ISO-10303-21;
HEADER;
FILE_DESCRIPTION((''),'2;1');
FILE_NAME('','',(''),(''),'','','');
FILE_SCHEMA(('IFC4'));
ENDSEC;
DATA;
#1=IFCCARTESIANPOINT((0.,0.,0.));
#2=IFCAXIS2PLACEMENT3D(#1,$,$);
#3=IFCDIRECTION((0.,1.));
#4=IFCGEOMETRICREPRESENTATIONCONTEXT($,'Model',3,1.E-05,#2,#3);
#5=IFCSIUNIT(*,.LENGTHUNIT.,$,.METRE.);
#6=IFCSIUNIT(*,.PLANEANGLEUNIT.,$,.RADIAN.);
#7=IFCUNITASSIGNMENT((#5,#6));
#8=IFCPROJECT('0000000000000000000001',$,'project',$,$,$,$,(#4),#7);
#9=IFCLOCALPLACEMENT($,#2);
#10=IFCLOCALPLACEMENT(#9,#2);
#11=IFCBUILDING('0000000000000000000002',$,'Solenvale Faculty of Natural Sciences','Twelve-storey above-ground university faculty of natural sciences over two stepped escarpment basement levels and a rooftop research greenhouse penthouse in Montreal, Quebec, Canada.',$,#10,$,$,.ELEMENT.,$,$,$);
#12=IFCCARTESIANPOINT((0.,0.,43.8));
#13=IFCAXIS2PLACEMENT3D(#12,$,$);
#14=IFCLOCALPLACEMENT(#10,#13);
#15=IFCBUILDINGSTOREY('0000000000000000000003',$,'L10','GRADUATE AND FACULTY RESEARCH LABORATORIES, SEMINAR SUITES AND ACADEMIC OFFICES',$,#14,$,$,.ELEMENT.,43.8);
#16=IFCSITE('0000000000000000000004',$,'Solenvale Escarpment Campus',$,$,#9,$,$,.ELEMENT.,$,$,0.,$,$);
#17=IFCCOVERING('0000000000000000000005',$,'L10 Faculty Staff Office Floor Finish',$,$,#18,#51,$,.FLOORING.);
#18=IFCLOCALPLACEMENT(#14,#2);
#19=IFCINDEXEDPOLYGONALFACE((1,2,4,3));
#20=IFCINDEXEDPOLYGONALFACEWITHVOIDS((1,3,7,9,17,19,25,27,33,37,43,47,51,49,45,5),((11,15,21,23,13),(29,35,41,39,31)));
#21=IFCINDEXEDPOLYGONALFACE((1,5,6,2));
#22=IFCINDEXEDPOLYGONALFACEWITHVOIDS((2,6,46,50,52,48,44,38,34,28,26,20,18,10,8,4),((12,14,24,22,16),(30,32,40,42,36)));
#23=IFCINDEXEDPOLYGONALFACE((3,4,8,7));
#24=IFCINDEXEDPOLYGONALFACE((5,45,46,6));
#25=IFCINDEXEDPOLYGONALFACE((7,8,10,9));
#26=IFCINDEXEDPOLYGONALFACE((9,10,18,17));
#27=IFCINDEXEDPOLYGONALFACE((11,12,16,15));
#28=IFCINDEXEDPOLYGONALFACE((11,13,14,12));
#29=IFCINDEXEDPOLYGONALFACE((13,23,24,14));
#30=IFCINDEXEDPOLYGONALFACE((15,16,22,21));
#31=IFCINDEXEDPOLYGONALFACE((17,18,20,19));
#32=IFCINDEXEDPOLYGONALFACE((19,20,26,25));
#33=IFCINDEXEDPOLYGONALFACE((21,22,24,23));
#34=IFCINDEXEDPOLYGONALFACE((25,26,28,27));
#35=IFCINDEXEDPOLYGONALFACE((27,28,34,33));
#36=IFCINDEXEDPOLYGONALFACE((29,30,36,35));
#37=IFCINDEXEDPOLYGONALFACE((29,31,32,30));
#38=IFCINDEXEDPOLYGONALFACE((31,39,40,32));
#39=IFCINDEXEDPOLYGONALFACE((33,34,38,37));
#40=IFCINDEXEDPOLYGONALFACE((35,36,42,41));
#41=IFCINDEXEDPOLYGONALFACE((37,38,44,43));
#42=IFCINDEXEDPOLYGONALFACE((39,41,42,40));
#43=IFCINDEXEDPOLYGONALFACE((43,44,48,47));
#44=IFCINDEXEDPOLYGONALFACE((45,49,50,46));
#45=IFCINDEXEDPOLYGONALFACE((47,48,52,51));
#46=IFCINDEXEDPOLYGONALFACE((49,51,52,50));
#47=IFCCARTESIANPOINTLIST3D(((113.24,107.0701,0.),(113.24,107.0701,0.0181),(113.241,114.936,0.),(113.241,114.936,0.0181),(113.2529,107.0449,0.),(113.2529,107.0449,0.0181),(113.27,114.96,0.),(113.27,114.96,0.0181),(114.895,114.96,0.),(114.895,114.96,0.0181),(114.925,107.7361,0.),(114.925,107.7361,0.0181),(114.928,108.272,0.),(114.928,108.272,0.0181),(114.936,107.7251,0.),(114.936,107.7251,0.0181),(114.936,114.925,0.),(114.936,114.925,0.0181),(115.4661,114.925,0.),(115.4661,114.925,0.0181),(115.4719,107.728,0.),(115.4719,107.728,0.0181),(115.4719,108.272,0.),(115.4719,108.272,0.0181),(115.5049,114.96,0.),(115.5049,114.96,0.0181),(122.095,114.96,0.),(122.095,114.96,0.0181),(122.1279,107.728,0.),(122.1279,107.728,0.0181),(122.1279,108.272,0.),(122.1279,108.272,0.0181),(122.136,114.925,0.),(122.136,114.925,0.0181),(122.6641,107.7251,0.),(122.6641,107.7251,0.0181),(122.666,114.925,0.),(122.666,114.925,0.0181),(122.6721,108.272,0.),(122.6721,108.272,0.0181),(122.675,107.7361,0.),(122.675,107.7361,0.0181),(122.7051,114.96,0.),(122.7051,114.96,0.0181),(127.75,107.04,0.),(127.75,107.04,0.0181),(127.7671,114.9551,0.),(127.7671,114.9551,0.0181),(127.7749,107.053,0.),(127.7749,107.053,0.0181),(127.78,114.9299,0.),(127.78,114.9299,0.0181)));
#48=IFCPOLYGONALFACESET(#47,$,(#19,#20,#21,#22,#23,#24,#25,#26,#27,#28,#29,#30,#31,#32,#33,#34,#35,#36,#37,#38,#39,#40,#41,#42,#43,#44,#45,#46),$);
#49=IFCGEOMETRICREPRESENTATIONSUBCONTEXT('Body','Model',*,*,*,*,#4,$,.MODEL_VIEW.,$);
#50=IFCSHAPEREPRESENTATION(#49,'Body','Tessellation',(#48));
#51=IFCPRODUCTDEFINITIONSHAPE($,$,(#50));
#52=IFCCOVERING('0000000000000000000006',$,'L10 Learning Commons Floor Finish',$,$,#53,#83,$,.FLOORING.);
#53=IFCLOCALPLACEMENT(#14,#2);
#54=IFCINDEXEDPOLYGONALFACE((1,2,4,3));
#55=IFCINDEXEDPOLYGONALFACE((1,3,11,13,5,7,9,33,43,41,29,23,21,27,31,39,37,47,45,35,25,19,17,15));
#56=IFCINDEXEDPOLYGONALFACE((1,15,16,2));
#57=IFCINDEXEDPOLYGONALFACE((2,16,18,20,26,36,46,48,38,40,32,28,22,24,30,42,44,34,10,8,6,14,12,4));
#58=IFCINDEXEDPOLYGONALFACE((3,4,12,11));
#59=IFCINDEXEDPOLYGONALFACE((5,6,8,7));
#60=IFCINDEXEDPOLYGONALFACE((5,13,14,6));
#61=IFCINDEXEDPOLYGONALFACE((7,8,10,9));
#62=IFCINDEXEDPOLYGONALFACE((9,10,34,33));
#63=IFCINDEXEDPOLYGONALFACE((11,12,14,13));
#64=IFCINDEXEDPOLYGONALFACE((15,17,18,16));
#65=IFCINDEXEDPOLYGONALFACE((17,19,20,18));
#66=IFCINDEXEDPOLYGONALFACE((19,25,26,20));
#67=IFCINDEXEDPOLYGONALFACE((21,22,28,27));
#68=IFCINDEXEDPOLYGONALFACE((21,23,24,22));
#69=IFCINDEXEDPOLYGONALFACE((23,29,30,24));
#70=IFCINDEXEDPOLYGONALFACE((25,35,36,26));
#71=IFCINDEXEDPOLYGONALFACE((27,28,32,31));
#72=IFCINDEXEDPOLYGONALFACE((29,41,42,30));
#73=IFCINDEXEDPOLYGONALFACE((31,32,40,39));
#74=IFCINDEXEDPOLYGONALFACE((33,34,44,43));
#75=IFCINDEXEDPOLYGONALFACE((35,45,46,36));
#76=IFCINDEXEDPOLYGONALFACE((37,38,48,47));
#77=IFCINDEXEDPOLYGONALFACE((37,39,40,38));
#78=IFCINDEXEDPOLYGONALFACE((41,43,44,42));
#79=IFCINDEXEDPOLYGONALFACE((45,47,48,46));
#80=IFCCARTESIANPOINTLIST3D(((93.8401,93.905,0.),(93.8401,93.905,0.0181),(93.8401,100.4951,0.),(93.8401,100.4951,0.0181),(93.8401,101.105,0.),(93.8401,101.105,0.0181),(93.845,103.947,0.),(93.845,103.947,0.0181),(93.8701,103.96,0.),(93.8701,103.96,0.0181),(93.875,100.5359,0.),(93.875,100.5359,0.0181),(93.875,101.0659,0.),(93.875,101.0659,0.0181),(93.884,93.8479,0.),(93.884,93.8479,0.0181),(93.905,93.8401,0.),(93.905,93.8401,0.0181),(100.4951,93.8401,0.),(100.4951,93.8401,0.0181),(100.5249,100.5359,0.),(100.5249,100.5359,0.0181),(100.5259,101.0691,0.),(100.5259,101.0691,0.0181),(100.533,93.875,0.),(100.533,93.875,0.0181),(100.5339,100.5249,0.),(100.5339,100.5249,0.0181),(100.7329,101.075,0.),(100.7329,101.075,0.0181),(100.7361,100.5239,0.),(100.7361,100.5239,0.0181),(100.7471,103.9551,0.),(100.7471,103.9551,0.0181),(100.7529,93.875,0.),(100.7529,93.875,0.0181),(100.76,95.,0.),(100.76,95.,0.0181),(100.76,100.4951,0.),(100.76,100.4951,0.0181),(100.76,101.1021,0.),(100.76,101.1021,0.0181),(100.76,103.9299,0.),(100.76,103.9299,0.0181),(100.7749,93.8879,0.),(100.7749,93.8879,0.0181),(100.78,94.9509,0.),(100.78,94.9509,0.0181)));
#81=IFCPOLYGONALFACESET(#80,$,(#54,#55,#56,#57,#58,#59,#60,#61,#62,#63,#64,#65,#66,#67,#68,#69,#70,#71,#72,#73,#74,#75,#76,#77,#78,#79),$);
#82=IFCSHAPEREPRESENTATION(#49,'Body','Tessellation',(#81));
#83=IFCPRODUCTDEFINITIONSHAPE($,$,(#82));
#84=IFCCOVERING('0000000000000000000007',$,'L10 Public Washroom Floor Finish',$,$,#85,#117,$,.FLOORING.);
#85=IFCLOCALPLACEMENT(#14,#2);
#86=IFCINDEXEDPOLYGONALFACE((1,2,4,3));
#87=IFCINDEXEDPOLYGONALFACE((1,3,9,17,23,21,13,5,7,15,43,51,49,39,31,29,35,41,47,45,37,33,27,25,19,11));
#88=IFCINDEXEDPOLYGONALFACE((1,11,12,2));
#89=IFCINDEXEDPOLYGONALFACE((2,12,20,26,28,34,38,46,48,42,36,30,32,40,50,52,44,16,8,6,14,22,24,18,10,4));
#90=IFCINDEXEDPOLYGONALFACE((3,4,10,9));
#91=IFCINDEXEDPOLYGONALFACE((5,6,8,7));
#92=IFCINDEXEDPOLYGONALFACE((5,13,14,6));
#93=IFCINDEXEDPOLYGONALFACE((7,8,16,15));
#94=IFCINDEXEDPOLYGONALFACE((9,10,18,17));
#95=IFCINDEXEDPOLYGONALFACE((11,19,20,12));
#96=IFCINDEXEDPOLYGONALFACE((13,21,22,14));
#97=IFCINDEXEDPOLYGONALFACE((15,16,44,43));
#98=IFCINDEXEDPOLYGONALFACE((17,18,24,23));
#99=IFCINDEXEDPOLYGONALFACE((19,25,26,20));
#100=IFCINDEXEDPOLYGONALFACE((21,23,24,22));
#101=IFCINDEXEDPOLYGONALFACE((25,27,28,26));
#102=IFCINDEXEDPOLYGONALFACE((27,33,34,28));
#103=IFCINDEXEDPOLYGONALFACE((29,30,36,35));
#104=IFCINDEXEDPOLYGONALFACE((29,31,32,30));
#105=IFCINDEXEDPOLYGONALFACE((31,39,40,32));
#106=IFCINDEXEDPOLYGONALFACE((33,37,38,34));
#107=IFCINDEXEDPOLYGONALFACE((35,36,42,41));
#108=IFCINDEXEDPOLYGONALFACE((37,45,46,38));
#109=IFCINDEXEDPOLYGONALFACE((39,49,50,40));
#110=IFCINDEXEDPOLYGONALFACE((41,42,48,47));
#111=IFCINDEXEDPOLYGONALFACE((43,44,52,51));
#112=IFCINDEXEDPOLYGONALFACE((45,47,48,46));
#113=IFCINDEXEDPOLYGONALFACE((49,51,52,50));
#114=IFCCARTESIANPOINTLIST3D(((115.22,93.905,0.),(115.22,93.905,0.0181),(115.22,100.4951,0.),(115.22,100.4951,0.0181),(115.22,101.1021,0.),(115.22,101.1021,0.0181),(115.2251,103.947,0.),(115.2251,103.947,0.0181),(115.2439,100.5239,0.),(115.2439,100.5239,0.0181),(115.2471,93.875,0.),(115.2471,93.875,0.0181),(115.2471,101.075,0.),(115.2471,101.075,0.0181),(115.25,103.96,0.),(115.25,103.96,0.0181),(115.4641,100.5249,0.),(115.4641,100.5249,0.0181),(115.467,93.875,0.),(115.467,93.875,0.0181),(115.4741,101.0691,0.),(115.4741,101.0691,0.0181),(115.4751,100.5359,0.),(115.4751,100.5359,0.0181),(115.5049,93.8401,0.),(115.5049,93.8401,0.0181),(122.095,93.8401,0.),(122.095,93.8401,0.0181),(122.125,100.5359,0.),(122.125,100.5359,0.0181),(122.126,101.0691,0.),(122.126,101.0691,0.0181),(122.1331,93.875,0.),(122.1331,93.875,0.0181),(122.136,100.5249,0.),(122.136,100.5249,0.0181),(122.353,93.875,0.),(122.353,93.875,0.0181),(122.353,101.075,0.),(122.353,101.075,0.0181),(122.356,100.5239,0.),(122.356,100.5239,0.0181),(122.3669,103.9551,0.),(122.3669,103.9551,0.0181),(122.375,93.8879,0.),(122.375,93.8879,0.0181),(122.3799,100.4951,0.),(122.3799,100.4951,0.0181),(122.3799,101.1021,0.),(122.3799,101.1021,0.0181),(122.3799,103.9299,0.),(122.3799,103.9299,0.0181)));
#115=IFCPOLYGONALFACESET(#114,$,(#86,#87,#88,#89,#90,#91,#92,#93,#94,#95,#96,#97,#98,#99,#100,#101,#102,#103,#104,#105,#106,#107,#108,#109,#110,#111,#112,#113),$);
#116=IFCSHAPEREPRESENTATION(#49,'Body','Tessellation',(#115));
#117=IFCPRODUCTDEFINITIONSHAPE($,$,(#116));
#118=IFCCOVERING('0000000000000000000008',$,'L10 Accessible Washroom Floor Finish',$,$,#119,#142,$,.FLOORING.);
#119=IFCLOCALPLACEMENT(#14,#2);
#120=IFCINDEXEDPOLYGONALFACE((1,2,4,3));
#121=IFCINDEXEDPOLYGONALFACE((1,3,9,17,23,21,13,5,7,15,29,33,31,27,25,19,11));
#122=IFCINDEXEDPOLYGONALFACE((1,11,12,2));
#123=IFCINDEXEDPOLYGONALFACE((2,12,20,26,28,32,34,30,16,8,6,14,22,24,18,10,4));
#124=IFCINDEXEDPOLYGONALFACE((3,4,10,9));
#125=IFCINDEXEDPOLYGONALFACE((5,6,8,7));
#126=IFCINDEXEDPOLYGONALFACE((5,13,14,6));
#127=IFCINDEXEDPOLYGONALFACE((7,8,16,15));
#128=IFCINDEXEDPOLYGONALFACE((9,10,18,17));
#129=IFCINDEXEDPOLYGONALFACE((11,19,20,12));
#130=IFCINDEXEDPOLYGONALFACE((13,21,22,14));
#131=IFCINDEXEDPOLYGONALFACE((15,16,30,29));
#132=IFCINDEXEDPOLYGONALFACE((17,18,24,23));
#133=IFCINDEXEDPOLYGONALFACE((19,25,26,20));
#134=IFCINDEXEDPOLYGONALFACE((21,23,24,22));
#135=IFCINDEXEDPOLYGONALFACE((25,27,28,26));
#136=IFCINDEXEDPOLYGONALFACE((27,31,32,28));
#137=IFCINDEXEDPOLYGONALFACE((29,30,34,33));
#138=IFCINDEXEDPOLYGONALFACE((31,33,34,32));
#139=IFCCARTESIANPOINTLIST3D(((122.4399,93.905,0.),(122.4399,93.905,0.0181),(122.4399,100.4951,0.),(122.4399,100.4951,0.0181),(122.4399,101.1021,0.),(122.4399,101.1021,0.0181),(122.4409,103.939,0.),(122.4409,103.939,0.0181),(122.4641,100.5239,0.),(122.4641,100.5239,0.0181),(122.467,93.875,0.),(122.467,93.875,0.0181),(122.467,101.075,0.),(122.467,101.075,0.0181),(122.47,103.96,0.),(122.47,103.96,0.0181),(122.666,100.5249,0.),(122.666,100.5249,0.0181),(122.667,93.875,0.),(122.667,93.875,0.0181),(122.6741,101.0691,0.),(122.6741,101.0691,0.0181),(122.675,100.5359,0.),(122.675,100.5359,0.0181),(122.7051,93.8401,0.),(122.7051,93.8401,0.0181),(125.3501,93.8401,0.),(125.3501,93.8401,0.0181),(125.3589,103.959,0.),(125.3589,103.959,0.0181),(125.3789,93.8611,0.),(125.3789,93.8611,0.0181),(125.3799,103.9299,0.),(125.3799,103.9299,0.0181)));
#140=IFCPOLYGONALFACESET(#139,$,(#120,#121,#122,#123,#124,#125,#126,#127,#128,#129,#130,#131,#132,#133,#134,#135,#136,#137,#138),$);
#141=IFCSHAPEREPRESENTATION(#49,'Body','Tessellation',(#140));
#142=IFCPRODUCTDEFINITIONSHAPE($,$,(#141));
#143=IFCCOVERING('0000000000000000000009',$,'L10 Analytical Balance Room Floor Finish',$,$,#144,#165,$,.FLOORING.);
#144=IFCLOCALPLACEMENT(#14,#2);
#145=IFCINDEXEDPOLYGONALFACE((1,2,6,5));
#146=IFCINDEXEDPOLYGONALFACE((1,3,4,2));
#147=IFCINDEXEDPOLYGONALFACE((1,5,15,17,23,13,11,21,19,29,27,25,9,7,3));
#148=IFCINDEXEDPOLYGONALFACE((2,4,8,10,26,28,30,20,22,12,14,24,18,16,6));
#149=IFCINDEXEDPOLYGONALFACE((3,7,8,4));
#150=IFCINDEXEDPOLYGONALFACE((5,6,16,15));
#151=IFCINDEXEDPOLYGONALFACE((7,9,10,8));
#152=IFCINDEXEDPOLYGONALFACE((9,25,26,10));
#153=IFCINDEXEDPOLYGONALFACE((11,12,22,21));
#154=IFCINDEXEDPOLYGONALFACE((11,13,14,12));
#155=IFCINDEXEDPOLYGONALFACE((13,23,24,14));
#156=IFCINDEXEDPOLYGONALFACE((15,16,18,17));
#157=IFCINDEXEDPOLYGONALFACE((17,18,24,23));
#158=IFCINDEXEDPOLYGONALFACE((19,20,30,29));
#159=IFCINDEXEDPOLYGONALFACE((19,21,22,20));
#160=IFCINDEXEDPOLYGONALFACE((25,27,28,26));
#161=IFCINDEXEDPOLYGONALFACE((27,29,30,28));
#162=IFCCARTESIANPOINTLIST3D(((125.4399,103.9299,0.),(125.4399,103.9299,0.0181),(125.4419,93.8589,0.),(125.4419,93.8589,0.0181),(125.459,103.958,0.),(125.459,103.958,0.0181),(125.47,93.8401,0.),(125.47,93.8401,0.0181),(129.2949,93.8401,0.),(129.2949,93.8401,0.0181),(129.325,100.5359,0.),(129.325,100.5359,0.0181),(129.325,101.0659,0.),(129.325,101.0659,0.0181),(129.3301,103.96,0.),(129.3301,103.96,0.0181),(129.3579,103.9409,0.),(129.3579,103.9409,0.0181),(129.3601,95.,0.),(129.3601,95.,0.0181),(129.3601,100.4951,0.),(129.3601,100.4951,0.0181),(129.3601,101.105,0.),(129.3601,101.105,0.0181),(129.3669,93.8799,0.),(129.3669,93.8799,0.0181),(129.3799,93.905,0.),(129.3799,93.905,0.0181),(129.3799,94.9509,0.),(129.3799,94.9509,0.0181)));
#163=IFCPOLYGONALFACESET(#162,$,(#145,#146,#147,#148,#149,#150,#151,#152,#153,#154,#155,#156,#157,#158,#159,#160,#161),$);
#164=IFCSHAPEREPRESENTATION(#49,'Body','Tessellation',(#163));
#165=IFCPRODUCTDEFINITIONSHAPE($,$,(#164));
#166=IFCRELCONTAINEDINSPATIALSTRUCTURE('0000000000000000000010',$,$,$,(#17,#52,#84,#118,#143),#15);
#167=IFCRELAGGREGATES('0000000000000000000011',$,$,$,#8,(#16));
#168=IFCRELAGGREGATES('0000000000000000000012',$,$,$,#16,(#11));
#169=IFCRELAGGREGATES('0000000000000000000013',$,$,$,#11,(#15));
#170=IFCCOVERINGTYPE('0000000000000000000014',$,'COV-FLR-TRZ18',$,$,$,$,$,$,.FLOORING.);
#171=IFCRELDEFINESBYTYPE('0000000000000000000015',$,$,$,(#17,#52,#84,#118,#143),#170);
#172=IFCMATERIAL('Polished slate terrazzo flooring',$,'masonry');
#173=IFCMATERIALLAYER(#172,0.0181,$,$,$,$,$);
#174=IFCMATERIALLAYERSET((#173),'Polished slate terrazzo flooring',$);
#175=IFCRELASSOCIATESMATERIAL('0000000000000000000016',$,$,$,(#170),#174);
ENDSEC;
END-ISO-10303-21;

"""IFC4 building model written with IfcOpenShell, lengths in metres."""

from ifc_helpers import new_model, si_unit, direction, frame, origin, place, context, subcontext, project, spatial, polyline, outline, extrude, material, layer, layer_set, type_object, element, save


model = new_model("IFC4")

# Units and contexts
model_context = context("Model", 3, precision=1e-05, world=origin(), true_north=direction((0.0, 1.0)))
body_context = subcontext(model_context, "Body", "Model", "MODEL_VIEW")
ifc_project = project(units=[si_unit("LENGTHUNIT", "METRE"), si_unit("PLANEANGLEUNIT", "RADIAN")], contexts=[model_context])

# Site, building, storey
site_placement = place(None, origin())
site = spatial("IfcSite", under=ifc_project, at=site_placement, Name="Solenvale Escarpment Campus", CompositionType="ELEMENT", RefElevation=0.0)
building_placement = place(site_placement, origin())
building = spatial("IfcBuilding", under=site, at=building_placement, Name="Solenvale Faculty of Natural Sciences", Description="Twelve-storey above-ground university faculty of natural sciences over two stepped escarpment basement levels and a rooftop research greenhouse penthouse in Montreal, Quebec, Canada.", CompositionType="ELEMENT")
storey_placement = place(building_placement, frame((0.0, 0.0, 43.8)))
storey = spatial("IfcBuildingStorey", under=building, at=storey_placement, Name="L10", Description="GRADUATE AND FACULTY RESEARCH LABORATORIES, SEMINAR SUITES AND ACADEMIC OFFICES", CompositionType="ELEMENT", Elevation=43.8)

# Coverings
ifc_material_1 = material(Name="Polished slate terrazzo flooring", Category="masonry")
ifc_layer_1 = layer(ifc_material_1, 0.0181)
ifc_layer_set_1 = layer_set([ifc_layer_1], Name="Polished slate terrazzo flooring")
covering_type_1 = type_object("IfcCoveringType", Name="COV-FLR-TRZ18", PredefinedType="FLOORING", material=ifc_layer_set_1)
covering_1_placement = place(storey_placement, origin())
element("IfcCovering", 1, at=covering_1_placement, inside=storey, type_object=covering_type_1, Name="L10 Faculty Staff Office Floor Finish", PredefinedType="FLOORING", context=body_context, shape_type="SweptSolid", body=[
    extrude(outline(polyline([(114.895, 114.96), (114.936, 114.925), (115.4661, 114.925), (115.5049, 114.96), (122.095, 114.96), (122.136, 114.925), (122.666, 114.925), (122.7051, 114.96), (127.7671, 114.9551), (127.78, 114.9299), (127.7749, 107.053), (127.75, 107.04), (113.2529, 107.0449), (113.24, 107.0701), (113.241, 114.936), (113.27, 114.96), (114.895, 114.96)]), holes=[polyline([(122.6641, 107.7251), (122.675, 107.7361), (122.6721, 108.272), (122.1279, 108.272), (122.1279, 107.728), (122.6641, 107.7251)]), polyline([(114.925, 107.7361), (114.936, 107.7251), (115.4719, 107.728), (115.4719, 108.272), (114.928, 108.272), (114.925, 107.7361)])]), origin(), (0.0, 0.0, 1.0), 0.0181),
])
covering_2_placement = place(storey_placement, origin())
element("IfcCovering", 2, at=covering_2_placement, inside=storey, type_object=covering_type_1, Name="L10 Learning Commons Floor Finish", PredefinedType="FLOORING", context=body_context, shape_type="SweptSolid", body=[
    extrude(outline(polyline([(93.905, 93.8401), (93.884, 93.8479), (93.8401, 93.905), (93.8401, 100.4951), (93.875, 100.5359), (93.875, 101.0659), (93.8401, 101.105), (93.845, 103.947), (93.8701, 103.96), (100.7471, 103.9551), (100.76, 103.9299), (100.76, 101.1021), (100.7329, 101.075), (100.5259, 101.0691), (100.5249, 100.5359), (100.5339, 100.5249), (100.7361, 100.5239), (100.76, 100.4951), (100.76, 95.0), (100.78, 94.9509), (100.7749, 93.8879), (100.7529, 93.875), (100.533, 93.875), (100.4951, 93.8401), (93.905, 93.8401)])), origin(), (0.0, 0.0, 1.0), 0.0181),
])
covering_3_placement = place(storey_placement, origin())
element("IfcCovering", 3, at=covering_3_placement, inside=storey, type_object=covering_type_1, Name="L10 Public Washroom Floor Finish", PredefinedType="FLOORING", context=body_context, shape_type="SweptSolid", body=[
    extrude(outline(polyline([(115.5049, 93.8401), (115.467, 93.875), (115.2471, 93.875), (115.22, 93.905), (115.22, 100.4951), (115.2439, 100.5239), (115.4641, 100.5249), (115.4751, 100.5359), (115.4741, 101.0691), (115.2471, 101.075), (115.22, 101.1021), (115.2251, 103.947), (115.25, 103.96), (122.3669, 103.9551), (122.3799, 103.9299), (122.3799, 101.1021), (122.353, 101.075), (122.126, 101.0691), (122.125, 100.5359), (122.136, 100.5249), (122.356, 100.5239), (122.3799, 100.4951), (122.375, 93.8879), (122.353, 93.875), (122.1331, 93.875), (122.095, 93.8401), (115.5049, 93.8401)])), origin(), (0.0, 0.0, 1.0), 0.0181),
])
covering_4_placement = place(storey_placement, origin())
element("IfcCovering", 4, at=covering_4_placement, inside=storey, type_object=covering_type_1, Name="L10 Accessible Washroom Floor Finish", PredefinedType="FLOORING", context=body_context, shape_type="SweptSolid", body=[
    extrude(outline(polyline([(122.7051, 93.8401), (122.667, 93.875), (122.467, 93.875), (122.4399, 93.905), (122.4399, 100.4951), (122.4641, 100.5239), (122.666, 100.5249), (122.675, 100.5359), (122.6741, 101.0691), (122.467, 101.075), (122.4399, 101.1021), (122.4409, 103.939), (122.47, 103.96), (125.3589, 103.959), (125.3799, 103.9299), (125.3789, 93.8611), (125.3501, 93.8401), (122.7051, 93.8401)])), origin(), (0.0, 0.0, 1.0), 0.0181),
])
covering_5_placement = place(storey_placement, origin())
element("IfcCovering", 5, at=covering_5_placement, inside=storey, type_object=covering_type_1, Name="L10 Analytical Balance Room Floor Finish", PredefinedType="FLOORING", context=body_context, shape_type="SweptSolid", body=[
    extrude(outline(polyline([(129.3669, 93.8799), (129.2949, 93.8401), (125.47, 93.8401), (125.4419, 93.8589), (125.4399, 103.9299), (125.459, 103.958), (129.3301, 103.96), (129.3579, 103.9409), (129.3601, 101.105), (129.325, 101.0659), (129.325, 100.5359), (129.3601, 100.4951), (129.3601, 95.0), (129.3799, 94.9509), (129.3799, 93.905), (129.3669, 93.8799)])), origin(), (0.0, 0.0, 1.0), 0.0181),
])

save(model, "model.ifc")
